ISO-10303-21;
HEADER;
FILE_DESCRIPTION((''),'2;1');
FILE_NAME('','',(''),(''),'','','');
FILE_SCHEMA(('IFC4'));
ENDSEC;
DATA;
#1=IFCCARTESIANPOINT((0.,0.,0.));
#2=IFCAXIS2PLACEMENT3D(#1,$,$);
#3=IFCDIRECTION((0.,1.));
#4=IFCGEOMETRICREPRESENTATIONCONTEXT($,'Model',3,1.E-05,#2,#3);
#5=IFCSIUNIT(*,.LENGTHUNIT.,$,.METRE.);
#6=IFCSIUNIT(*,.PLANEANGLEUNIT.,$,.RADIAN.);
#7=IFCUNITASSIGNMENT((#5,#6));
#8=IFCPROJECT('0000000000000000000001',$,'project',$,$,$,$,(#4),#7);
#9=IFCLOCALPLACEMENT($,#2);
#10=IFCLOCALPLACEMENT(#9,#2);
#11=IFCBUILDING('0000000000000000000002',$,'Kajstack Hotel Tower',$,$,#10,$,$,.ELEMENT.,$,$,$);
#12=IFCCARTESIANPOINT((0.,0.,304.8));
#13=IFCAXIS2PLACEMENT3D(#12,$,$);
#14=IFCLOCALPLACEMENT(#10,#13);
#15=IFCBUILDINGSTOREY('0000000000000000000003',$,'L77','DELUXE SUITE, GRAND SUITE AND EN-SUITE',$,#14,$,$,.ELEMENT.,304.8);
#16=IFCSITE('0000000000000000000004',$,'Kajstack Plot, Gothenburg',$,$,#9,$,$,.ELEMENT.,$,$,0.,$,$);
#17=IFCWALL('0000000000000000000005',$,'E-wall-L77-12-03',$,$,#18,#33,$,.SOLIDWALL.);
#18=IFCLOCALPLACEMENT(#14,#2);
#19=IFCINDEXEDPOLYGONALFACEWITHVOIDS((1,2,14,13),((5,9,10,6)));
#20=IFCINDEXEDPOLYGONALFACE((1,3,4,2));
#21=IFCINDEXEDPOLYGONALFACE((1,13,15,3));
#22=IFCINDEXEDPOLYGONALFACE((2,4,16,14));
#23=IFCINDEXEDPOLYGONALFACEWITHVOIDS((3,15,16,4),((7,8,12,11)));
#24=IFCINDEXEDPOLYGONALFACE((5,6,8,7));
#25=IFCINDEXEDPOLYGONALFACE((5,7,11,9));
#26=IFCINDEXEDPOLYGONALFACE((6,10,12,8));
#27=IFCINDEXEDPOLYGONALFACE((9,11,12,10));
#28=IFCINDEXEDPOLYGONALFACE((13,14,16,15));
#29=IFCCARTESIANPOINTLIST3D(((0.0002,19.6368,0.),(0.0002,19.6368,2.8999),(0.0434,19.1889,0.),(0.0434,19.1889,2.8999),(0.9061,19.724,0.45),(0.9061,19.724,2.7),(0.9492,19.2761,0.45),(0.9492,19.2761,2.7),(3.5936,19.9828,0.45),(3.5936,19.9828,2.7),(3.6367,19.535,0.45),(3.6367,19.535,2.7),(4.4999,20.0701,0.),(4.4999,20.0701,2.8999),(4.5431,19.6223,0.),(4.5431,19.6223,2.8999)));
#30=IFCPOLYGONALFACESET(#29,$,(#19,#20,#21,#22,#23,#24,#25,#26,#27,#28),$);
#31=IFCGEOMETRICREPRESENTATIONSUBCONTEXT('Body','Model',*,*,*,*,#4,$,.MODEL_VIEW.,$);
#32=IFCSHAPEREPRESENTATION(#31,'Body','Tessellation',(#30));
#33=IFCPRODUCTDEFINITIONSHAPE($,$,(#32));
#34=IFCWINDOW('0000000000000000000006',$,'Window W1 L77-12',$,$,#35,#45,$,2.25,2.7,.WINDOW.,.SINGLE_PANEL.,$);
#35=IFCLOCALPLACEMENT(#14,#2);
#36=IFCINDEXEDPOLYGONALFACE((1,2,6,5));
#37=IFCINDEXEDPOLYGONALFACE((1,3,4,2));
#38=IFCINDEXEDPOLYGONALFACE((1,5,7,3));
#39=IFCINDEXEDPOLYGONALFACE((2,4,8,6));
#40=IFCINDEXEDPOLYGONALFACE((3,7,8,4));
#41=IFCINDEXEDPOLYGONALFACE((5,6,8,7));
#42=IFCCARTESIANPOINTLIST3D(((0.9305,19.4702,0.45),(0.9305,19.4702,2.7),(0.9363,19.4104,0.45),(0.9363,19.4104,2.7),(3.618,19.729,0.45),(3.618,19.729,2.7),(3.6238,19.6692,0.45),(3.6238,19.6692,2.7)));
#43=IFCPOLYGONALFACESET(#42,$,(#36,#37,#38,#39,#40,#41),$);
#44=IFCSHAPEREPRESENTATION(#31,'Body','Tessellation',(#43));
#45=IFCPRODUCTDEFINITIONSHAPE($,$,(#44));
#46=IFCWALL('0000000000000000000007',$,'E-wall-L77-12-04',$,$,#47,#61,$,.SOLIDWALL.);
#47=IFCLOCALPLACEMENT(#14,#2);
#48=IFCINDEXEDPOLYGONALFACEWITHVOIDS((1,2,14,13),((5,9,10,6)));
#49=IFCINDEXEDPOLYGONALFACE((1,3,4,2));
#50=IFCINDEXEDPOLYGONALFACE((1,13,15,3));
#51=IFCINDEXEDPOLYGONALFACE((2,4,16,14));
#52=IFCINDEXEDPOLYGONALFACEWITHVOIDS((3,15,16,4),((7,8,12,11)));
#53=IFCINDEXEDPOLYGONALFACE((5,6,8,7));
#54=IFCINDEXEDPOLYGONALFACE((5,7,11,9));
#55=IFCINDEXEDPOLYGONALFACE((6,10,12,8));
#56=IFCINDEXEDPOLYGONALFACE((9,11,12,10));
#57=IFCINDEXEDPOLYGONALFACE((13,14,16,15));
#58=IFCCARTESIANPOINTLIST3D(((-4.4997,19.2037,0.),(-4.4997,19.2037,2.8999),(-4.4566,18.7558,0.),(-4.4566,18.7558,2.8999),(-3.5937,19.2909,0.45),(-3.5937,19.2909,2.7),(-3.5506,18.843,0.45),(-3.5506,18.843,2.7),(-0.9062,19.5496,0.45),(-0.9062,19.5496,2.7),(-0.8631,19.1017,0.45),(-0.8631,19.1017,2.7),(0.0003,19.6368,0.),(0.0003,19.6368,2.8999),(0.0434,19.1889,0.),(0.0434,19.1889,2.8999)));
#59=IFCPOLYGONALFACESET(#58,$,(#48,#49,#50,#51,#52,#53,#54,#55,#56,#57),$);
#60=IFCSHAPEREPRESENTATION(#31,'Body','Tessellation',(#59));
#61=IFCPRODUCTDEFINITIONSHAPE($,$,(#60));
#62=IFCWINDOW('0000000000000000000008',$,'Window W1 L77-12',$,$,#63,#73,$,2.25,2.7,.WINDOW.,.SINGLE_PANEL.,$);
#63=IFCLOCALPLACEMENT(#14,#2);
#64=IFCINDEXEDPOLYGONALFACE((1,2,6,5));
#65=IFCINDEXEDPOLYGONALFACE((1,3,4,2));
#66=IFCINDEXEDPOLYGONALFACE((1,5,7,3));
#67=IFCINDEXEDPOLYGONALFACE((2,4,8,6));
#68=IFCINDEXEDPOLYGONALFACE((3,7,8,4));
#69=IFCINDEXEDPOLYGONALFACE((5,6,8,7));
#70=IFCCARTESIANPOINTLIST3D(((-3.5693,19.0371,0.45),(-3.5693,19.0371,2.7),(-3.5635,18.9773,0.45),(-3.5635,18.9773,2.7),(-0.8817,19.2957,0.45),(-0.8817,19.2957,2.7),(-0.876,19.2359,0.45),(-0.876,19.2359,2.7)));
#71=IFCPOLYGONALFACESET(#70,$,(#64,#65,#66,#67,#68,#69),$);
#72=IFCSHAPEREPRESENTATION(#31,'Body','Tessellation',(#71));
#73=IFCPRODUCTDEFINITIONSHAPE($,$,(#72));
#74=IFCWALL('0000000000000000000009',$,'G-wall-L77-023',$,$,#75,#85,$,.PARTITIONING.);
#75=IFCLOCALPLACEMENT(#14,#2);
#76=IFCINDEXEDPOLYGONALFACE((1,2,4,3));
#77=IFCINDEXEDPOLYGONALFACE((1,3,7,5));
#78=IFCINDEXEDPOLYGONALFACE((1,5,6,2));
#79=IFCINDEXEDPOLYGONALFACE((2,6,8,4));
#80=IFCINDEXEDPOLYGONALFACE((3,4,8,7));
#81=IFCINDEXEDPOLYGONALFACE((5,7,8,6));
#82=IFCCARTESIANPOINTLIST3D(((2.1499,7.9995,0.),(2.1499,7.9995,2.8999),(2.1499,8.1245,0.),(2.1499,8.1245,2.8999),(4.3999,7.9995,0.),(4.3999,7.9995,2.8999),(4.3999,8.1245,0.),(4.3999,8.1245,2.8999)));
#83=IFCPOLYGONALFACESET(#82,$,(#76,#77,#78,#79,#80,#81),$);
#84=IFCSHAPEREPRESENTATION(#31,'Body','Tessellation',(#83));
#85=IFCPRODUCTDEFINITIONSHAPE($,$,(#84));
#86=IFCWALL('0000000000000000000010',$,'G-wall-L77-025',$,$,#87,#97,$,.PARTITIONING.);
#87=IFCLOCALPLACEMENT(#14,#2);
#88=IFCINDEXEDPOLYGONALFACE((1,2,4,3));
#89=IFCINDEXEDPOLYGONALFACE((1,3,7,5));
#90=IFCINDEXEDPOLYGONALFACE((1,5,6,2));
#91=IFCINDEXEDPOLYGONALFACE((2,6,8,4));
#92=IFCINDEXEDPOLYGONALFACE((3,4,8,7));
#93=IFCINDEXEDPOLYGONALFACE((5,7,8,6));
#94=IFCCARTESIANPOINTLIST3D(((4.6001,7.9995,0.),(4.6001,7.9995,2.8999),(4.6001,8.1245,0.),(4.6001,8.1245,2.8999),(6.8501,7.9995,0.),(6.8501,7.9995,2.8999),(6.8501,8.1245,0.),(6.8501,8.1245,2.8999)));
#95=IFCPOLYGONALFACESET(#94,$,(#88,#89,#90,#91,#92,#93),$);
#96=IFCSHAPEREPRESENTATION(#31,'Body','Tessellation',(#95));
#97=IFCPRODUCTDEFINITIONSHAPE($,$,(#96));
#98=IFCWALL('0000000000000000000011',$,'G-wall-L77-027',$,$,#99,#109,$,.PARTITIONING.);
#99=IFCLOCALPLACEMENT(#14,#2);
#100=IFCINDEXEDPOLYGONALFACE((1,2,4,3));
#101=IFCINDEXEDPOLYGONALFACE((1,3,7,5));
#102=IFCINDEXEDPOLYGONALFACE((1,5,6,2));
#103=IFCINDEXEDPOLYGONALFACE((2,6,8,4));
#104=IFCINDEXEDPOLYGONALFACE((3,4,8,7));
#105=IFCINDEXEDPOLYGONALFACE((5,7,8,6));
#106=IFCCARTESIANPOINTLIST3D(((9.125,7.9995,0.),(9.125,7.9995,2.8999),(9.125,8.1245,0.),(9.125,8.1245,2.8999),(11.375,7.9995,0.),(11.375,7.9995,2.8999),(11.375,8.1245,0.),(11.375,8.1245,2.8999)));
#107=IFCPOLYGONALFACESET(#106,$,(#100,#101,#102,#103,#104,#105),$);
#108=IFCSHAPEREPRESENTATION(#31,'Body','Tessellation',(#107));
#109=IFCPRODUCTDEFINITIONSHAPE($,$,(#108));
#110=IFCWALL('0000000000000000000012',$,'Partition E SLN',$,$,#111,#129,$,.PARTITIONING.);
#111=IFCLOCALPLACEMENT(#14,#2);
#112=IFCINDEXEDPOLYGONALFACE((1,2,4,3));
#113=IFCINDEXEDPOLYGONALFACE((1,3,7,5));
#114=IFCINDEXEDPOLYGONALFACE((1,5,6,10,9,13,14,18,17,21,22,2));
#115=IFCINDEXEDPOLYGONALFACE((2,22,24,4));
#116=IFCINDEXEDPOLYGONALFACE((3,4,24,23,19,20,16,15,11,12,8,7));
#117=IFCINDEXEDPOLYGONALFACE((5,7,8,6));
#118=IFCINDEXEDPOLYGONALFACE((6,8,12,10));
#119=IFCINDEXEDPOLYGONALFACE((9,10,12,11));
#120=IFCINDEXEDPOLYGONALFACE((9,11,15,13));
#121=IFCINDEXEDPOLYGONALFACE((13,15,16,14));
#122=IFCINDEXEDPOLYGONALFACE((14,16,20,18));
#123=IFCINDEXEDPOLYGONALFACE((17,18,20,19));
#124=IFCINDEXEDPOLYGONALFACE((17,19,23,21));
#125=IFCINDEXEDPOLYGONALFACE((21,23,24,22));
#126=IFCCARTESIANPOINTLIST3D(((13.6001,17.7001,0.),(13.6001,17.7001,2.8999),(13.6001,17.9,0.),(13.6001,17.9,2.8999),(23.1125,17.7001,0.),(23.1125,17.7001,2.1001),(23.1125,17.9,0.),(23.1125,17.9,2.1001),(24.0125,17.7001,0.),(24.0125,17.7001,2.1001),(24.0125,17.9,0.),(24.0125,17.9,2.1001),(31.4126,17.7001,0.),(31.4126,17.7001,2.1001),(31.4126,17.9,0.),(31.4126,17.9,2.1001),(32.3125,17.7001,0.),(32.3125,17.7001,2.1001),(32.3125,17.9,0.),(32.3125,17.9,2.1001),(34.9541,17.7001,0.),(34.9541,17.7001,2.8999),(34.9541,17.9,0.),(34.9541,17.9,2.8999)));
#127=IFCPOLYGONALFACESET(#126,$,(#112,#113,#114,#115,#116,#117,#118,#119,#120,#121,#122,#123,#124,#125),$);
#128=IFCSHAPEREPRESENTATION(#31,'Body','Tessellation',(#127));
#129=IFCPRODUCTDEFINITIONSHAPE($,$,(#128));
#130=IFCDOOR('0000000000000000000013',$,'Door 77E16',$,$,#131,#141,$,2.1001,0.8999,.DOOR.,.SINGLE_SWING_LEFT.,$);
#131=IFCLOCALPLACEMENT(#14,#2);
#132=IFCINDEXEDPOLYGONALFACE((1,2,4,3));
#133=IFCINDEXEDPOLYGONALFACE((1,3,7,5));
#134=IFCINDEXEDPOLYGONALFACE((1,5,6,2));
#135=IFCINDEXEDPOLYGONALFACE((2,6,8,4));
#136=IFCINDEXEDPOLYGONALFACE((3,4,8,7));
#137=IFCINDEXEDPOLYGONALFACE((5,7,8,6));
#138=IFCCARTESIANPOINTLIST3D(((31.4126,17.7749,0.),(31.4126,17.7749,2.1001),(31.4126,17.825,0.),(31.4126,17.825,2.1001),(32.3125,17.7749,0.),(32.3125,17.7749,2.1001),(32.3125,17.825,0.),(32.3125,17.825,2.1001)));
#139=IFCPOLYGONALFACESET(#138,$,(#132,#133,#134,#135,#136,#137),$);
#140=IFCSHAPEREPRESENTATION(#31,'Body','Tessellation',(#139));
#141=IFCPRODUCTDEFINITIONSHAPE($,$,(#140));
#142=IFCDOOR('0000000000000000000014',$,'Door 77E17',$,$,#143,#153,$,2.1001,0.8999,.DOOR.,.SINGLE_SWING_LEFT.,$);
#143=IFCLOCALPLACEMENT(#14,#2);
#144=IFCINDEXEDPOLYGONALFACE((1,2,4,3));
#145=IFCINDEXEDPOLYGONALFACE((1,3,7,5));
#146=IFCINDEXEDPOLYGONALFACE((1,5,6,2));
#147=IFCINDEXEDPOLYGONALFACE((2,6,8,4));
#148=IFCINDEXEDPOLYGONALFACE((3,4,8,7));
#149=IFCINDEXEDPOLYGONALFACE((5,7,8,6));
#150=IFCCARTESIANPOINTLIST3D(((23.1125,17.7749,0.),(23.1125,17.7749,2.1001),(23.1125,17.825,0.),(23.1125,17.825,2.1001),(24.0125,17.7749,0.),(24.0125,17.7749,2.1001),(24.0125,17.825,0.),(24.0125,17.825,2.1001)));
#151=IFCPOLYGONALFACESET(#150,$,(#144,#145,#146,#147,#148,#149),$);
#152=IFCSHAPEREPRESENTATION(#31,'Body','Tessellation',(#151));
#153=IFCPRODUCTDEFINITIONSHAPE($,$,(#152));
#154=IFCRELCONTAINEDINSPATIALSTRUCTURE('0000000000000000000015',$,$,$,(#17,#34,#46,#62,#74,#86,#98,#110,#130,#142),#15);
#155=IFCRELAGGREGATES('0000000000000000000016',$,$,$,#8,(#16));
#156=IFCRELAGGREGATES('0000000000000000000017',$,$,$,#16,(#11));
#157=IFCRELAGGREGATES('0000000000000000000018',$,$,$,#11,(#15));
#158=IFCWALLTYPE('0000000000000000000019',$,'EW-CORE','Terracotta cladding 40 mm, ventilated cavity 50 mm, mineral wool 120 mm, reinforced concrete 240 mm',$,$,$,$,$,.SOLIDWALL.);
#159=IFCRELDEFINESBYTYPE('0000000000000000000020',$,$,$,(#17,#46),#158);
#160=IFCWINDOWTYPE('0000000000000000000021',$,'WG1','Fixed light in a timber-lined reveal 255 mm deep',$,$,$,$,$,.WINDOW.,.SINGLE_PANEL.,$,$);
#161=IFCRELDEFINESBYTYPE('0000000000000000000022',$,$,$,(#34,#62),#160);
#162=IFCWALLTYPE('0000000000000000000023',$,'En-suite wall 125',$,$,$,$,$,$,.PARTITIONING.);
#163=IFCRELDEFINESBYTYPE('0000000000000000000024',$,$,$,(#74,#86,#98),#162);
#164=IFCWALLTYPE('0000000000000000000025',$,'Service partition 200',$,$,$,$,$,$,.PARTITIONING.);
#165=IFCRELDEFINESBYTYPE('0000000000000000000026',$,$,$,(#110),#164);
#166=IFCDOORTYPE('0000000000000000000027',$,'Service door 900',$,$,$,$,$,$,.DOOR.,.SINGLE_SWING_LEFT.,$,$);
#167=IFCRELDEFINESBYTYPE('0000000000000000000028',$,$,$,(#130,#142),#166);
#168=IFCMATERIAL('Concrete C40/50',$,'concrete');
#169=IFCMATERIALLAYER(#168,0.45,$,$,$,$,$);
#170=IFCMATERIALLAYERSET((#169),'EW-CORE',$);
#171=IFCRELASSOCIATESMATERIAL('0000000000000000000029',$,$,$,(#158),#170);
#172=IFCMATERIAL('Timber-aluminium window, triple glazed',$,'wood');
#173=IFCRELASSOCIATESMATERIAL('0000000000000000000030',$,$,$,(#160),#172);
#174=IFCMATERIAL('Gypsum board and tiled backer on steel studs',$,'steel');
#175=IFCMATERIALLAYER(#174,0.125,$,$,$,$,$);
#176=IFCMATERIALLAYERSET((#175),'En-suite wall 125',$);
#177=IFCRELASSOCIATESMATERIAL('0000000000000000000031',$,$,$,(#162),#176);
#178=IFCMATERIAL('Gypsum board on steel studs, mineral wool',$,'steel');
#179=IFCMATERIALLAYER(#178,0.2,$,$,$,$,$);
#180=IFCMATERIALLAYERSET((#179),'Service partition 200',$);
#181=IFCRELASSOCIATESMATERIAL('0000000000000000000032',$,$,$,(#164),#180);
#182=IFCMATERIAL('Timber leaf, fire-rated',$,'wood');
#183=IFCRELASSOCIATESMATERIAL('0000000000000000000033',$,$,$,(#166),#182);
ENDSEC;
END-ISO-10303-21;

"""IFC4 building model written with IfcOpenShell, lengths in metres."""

from ifc_helpers import new_model, si_unit, direction, frame, frame_2d, origin, place, context, subcontext, project, spatial, rectangle, extrude, material, layer, layer_set, type_object, element, fill, save


model = new_model("IFC4")

# Units and contexts
model_context = context("Model", 3, precision=1e-05, world=origin(), true_north=direction((0.0, 1.0)))
body_context = subcontext(model_context, "Body", "Model", "MODEL_VIEW")
ifc_project = project(units=[si_unit("LENGTHUNIT", "METRE"), si_unit("PLANEANGLEUNIT", "RADIAN")], contexts=[model_context])

# Site, building, storey
site_placement = place(None, origin())
site = spatial("IfcSite", under=ifc_project, at=site_placement, Name="Kajstack Plot, Gothenburg", CompositionType="ELEMENT", RefElevation=0.0)
building_placement = place(site_placement, origin())
building = spatial("IfcBuilding", under=site, at=building_placement, Name="Kajstack Hotel Tower", CompositionType="ELEMENT")
storey_placement = place(building_placement, frame((0.0, 0.0, 304.8)))
storey = spatial("IfcBuildingStorey", under=building, at=storey_placement, Name="L77", Description="DELUXE SUITE, GRAND SUITE AND EN-SUITE", CompositionType="ELEMENT", Elevation=304.8)

# Walls, openings, windows
ifc_material_1 = material(Name="Concrete C40/50", Category="concrete")
ifc_layer_1 = layer(ifc_material_1, 0.45)
ifc_layer_set_1 = layer_set([ifc_layer_1], Name="EW-CORE")
wall_type_1 = type_object("IfcWallType", Name="EW-CORE", Description="Terracotta cladding 40 mm, ventilated cavity 50 mm, mineral wool 120 mm, reinforced concrete 240 mm", PredefinedType="SOLIDWALL", material=ifc_layer_set_1)
ifc_material_2 = material(Name="Timber-aluminium window, triple glazed", Category="wood")
window_type = type_object("IfcWindowType", Name="WG1", Description="Fixed light in a timber-lined reveal 255 mm deep", PartitioningType="SINGLE_PANEL", PredefinedType="WINDOW", material=ifc_material_2)
wall_1_placement = place(storey_placement, frame((4.5215, 19.8462, 0.0), z_axis=(0.0, 0.0, 1.0), x_axis=(-0.995395, -0.095862, 0.0)))
wall_1 = element("IfcWall", 1, at=wall_1_placement, inside=storey, type_object=wall_type_1, Name="E-wall-L77-12-03", PredefinedType="SOLIDWALL", context=body_context, shape_type="SweptSolid", body=[
    extrude(rectangle(XDim=4.5205, YDim=0.45, at=frame_2d((2.2603, 0.0))), origin(), (0.0, 0.0, 1.0), 2.8999),
])
opening_1_placement = place(wall_1_placement, frame((0.9104, 0.0, 0.45)))
opening_1 = element("IfcOpeningElement", 2, at=opening_1_placement, cuts=wall_1, PredefinedType="OPENING", context=body_context, shape_type="SweptSolid", body=[
    extrude(rectangle(XDim=2.7, YDim=2.25, at=frame_2d((1.3501, 1.125))), frame((0.0, 0.2349, 0.0), z_axis=(0.0, -1.0, 0.0), x_axis=(1.0, 0.0, 0.0)), (0.0, 0.0, 1.0), 0.47),
])
window_1_placement = place(opening_1_placement, origin())
window_1 = element("IfcWindow", 3, at=window_1_placement, inside=storey, type_object=window_type, Name="Window W1 L77-12", OverallHeight=2.25, OverallWidth=2.7, PartitioningType="SINGLE_PANEL", PredefinedType="WINDOW", context=body_context, shape_type="SweptSolid", body=[
    extrude(rectangle(XDim=2.7, YDim=2.25, at=frame_2d((1.3501, 1.125))), frame((0.0, 0.0901, 0.0), z_axis=(0.0, -1.0, 0.0), x_axis=(1.0, 0.0, 0.0)), (0.0, 0.0, 1.0), 0.0601),
])
fill(opening_1, window_1)
wall_2_placement = place(storey_placement, frame((0.0217, 19.4128, 0.0), z_axis=(0.0, 0.0, 1.0), x_axis=(-0.9954, -0.095803, 0.0)))
wall_2 = element("IfcWall", 4, at=wall_2_placement, inside=storey, type_object=wall_type_1, Name="E-wall-L77-12-04", PredefinedType="SOLIDWALL", context=body_context, shape_type="SweptSolid", body=[
    extrude(rectangle(XDim=4.5208, YDim=0.45, at=frame_2d((2.2603, 0.0))), origin(), (0.0, 0.0, 1.0), 2.8999),
])
opening_2_placement = place(wall_2_placement, frame((0.9104, 0.0, 0.45)))
opening_2 = element("IfcOpeningElement", 5, at=opening_2_placement, cuts=wall_2, PredefinedType="OPENING", context=body_context, shape_type="SweptSolid", body=[
    extrude(rectangle(XDim=2.7, YDim=2.25, at=frame_2d((1.3501, 1.125))), frame((0.0, 0.2349, 0.0), z_axis=(0.0, -1.0, 0.0), x_axis=(1.0, 0.0, 0.0)), (0.0, 0.0, 1.0), 0.47),
])
window_2_placement = place(opening_2_placement, origin())
window_2 = element("IfcWindow", 6, at=window_2_placement, inside=storey, type_object=window_type, Name="Window W1 L77-12", OverallHeight=2.25, OverallWidth=2.7, PartitioningType="SINGLE_PANEL", PredefinedType="WINDOW", context=body_context, shape_type="SweptSolid", body=[
    extrude(rectangle(XDim=2.7, YDim=2.25, at=frame_2d((1.3501, 1.125))), frame((0.0, 0.0901, 0.0), z_axis=(0.0, -1.0, 0.0), x_axis=(1.0, 0.0, 0.0)), (0.0, 0.0, 1.0), 0.0601),
])
fill(opening_2, window_2)

# Walls
ifc_material_3 = material(Name="Gypsum board and tiled backer on steel studs", Category="steel")
ifc_layer_2 = layer(ifc_material_3, 0.125)
ifc_layer_set_2 = layer_set([ifc_layer_2], Name="En-suite wall 125")
wall_type_2 = type_object("IfcWallType", Name="En-suite wall 125", PredefinedType="PARTITIONING", material=ifc_layer_set_2)
for number, where, z_axis, x_axis, name in (
    (7, (2.1499, 8.062, 0.0), (0.0, 0.0, 1.0), (1.0, 0.0, 0.0), "G-wall-L77-023"),
    (8, (4.6001, 8.062, 0.0), (0.0, 0.0, 1.0), (1.0, 0.0, 0.0), "G-wall-L77-025"),
    (9, (9.125, 8.062, 0.0), (0.0, 0.0, 1.0), (1.0, 0.0, 0.0), "G-wall-L77-027"),
):
    element("IfcWall", number, at=place(storey_placement, frame(where, z_axis=z_axis, x_axis=x_axis)), inside=storey, type_object=wall_type_2, Name=name, PredefinedType="PARTITIONING", context=body_context, shape_type="SweptSolid", body=[
        extrude(rectangle(XDim=2.25, YDim=0.125, at=frame_2d((1.125, 0.0))), origin(), (0.0, 0.0, 1.0), 2.8999),
    ])

# Wall, openings, doors
ifc_material_4 = material(Name="Gypsum board on steel studs, mineral wool", Category="steel")
ifc_layer_3 = layer(ifc_material_4, 0.2)
ifc_layer_set_3 = layer_set([ifc_layer_3], Name="Service partition 200")
wall_type_3 = type_object("IfcWallType", Name="Service partition 200", PredefinedType="PARTITIONING", material=ifc_layer_set_3)
wall_3_placement = place(storey_placement, frame((13.6001, 17.8, 0.0), z_axis=(0.0, 0.0, 1.0), x_axis=(1.0, 0.0, 0.0)))
wall_3 = element("IfcWall", 10, at=wall_3_placement, inside=storey, type_object=wall_type_3, Name="Partition E SLN", PredefinedType="PARTITIONING", context=body_context, shape_type="SweptSolid", body=[
    extrude(rectangle(XDim=21.354, YDim=0.2, at=frame_2d((10.677, 0.0))), origin(), (0.0, 0.0, 1.0), 2.8999),
])
opening_3_placement = place(wall_3_placement, frame((17.8125, 0.0, 0.0)))
opening_3 = element("IfcOpeningElement", 11, at=opening_3_placement, cuts=wall_3, PredefinedType="OPENING", context=body_context, shape_type="SweptSolid", body=[
    extrude(rectangle(XDim=0.8999, YDim=2.1001, at=frame_2d((0.45, 1.05))), frame((0.0, 0.1099, 0.0), z_axis=(0.0, -1.0, 0.0), x_axis=(1.0, 0.0, 0.0)), (0.0, 0.0, 1.0), 0.22),
])
opening_4_placement = place(wall_3_placement, frame((9.5125, 0.0, 0.0)))
opening_4 = element("IfcOpeningElement", 12, at=opening_4_placement, cuts=wall_3, PredefinedType="OPENING", context=body_context, shape_type="SweptSolid", body=[
    extrude(rectangle(XDim=0.8999, YDim=2.1001, at=frame_2d((0.45, 1.05))), frame((0.0, 0.1099, 0.0), z_axis=(0.0, -1.0, 0.0), x_axis=(1.0, 0.0, 0.0)), (0.0, 0.0, 1.0), 0.22),
])
ifc_material_5 = material(Name="Timber leaf, fire-rated", Category="wood")
door_type_1 = type_object("IfcDoorType", Name="Service door 900", OperationType="SINGLE_SWING_LEFT", PredefinedType="DOOR", material=ifc_material_5)
door_1_placement = place(opening_3_placement, origin())
door_1 = element("IfcDoor", 13, at=door_1_placement, inside=storey, type_object=door_type_1, Name="Door 77E16", OperationType="SINGLE_SWING_LEFT", OverallHeight=2.1001, OverallWidth=0.8999, PredefinedType="DOOR", context=body_context, shape_type="SweptSolid", body=[
    extrude(rectangle(XDim=0.8999, YDim=2.1001, at=frame_2d((0.45, 1.05))), frame((0.0, 0.0249, 0.0), z_axis=(0.0, -1.0, 0.0), x_axis=(1.0, 0.0, 0.0)), (0.0, 0.0, 1.0), 0.05),
])
fill(opening_3, door_1)
door_2_placement = place(opening_4_placement, origin())
door_2 = element("IfcDoor", 14, at=door_2_placement, inside=storey, type_object=door_type_1, Name="Door 77E17", OperationType="SINGLE_SWING_LEFT", OverallHeight=2.1001, OverallWidth=0.8999, PredefinedType="DOOR", context=body_context, shape_type="SweptSolid", body=[
    extrude(rectangle(XDim=0.8999, YDim=2.1001, at=frame_2d((0.45, 1.05))), frame((0.0, 0.0249, 0.0), z_axis=(0.0, -1.0, 0.0), x_axis=(1.0, 0.0, 0.0)), (0.0, 0.0, 1.0), 0.05),
])
fill(opening_4, door_2)

save(model, "model.ifc")
